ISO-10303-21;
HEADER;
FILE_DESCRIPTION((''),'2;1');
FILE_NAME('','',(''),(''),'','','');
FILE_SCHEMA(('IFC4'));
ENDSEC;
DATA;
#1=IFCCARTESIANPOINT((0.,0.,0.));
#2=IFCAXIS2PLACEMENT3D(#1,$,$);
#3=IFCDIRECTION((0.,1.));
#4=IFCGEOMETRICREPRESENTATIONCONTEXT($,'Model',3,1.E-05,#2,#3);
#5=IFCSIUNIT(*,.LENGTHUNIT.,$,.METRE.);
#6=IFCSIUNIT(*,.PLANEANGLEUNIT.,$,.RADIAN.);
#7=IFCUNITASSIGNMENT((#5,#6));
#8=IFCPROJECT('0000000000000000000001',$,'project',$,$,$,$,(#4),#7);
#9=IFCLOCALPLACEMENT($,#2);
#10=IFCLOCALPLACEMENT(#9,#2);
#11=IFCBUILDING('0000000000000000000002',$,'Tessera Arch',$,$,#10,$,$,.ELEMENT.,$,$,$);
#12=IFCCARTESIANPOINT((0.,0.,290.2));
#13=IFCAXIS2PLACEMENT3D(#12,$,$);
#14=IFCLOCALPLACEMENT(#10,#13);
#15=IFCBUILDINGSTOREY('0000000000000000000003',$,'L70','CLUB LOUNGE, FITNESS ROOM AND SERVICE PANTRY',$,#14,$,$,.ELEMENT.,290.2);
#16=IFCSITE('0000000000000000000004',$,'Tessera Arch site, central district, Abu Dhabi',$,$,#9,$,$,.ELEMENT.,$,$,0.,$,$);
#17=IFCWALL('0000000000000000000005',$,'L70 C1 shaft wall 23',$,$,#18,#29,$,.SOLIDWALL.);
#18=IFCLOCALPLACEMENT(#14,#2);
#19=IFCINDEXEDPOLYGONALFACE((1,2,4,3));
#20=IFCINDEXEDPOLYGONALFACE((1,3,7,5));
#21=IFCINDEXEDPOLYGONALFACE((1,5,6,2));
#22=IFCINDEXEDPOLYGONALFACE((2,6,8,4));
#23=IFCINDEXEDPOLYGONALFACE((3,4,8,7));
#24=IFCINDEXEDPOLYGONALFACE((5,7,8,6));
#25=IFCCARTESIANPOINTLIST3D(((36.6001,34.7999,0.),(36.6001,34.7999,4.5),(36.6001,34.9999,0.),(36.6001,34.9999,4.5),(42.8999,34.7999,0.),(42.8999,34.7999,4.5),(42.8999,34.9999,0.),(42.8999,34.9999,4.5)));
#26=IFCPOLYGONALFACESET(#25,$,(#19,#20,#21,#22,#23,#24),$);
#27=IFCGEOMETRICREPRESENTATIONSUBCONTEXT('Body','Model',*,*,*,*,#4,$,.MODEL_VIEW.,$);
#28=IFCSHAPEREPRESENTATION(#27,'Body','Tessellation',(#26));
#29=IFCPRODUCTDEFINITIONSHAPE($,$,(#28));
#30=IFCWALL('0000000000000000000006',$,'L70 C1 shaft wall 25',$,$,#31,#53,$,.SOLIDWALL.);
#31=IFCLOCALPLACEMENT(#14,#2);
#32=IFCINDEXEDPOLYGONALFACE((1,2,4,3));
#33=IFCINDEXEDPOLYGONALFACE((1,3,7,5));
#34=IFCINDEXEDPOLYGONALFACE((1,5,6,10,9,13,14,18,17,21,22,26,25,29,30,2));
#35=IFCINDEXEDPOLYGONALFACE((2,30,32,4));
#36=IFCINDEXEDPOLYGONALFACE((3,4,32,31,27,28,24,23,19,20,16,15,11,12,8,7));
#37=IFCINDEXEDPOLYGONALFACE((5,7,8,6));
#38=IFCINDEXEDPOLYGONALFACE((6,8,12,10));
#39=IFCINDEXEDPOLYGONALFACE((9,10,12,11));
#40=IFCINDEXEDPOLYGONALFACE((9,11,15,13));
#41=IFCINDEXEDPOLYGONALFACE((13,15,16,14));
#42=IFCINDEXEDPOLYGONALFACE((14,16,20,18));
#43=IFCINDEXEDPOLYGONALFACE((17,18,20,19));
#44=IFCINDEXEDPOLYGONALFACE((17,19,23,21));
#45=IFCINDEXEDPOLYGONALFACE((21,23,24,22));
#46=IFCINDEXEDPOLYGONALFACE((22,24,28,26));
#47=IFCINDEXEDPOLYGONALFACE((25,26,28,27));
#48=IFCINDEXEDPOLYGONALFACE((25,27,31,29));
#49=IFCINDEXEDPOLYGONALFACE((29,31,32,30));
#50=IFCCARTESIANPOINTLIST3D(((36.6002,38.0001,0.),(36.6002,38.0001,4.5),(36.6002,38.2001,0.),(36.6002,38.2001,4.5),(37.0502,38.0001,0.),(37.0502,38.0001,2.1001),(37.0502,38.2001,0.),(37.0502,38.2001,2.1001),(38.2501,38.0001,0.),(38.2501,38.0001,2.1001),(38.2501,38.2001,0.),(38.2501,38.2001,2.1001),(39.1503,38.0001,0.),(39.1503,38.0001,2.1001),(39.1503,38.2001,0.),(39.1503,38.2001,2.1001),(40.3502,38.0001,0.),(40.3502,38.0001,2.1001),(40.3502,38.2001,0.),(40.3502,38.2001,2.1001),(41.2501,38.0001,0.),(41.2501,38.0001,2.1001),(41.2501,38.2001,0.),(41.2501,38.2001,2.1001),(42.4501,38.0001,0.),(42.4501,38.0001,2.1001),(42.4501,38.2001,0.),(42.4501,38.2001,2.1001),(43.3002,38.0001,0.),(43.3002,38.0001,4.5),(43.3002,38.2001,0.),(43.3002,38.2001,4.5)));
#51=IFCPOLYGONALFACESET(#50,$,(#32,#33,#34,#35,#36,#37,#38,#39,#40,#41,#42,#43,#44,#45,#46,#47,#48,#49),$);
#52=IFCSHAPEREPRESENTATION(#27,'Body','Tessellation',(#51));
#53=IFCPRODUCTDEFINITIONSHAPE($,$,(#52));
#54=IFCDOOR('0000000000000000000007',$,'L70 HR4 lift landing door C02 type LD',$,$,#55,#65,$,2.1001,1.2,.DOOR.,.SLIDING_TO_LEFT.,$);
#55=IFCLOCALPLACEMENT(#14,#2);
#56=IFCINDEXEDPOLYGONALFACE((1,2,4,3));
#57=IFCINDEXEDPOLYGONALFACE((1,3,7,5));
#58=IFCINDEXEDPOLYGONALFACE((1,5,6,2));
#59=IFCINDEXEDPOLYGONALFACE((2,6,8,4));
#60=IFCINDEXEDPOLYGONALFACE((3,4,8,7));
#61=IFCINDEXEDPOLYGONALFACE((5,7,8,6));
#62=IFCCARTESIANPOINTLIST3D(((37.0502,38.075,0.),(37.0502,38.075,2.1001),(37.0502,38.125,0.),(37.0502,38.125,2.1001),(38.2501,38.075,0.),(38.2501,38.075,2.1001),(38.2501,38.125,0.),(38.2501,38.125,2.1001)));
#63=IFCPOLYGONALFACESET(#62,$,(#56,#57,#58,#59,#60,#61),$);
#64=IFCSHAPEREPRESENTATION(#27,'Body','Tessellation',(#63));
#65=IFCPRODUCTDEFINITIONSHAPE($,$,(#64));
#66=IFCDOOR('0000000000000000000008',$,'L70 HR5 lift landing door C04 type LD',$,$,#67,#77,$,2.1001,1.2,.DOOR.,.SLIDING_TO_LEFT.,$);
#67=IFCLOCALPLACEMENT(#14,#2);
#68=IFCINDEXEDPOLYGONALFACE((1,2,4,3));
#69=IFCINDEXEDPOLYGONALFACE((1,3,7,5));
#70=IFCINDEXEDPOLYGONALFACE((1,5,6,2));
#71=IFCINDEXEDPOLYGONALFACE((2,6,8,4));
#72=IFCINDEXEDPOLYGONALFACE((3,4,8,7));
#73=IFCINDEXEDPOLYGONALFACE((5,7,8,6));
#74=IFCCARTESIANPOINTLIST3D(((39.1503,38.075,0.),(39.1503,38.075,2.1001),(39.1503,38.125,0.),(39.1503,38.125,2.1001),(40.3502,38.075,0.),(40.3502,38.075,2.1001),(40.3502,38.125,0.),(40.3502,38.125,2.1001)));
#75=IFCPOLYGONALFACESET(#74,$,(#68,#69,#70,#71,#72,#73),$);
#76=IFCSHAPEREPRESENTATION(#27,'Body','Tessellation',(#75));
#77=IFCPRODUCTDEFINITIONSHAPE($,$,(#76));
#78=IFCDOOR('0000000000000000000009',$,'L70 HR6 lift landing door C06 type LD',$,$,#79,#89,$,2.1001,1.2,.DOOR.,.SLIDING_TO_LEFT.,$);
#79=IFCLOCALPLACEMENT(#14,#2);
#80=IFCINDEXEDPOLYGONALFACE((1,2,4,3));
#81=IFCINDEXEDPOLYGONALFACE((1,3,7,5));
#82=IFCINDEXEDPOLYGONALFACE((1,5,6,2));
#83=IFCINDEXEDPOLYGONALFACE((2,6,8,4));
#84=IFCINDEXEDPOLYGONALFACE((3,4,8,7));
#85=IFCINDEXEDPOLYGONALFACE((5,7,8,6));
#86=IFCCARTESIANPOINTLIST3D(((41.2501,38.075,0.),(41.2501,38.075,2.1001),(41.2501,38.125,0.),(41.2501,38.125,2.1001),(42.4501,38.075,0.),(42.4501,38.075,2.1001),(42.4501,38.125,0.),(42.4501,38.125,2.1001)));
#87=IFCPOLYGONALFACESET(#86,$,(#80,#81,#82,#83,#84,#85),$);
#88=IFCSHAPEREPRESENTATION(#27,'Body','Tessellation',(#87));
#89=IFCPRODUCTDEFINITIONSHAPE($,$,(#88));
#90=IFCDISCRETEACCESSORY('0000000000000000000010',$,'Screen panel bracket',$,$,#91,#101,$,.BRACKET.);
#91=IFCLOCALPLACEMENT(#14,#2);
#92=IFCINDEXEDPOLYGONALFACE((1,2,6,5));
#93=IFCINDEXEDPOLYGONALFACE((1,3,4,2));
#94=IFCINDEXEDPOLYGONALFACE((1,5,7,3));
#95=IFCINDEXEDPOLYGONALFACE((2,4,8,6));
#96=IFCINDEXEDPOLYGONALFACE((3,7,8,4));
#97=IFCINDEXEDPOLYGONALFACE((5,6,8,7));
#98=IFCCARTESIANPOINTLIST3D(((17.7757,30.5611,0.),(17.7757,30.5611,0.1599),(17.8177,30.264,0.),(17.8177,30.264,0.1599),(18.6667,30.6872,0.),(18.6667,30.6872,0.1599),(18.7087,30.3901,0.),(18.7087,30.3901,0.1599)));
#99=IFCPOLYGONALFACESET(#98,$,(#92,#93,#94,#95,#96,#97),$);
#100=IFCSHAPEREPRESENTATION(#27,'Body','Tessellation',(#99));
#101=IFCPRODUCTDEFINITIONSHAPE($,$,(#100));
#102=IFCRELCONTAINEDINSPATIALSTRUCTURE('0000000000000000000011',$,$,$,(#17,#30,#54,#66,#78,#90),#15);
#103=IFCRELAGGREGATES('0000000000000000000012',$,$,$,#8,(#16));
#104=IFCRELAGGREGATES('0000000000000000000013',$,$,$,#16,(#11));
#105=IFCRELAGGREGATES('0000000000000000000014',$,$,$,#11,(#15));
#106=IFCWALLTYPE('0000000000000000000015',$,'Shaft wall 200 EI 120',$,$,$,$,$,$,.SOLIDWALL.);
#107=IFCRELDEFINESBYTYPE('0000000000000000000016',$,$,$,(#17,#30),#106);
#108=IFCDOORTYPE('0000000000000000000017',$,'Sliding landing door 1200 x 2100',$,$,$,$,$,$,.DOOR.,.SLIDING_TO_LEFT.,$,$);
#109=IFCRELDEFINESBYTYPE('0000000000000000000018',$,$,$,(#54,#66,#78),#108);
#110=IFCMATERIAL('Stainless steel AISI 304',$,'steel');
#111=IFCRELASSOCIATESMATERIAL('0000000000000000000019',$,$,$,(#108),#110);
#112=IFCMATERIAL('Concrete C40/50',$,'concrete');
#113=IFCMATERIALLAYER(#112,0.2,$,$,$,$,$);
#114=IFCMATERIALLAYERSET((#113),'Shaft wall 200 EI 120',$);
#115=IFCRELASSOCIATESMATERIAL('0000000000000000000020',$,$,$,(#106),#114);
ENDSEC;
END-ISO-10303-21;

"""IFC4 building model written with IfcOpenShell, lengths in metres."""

from ifc_helpers import new_model, si_unit, direction, frame, frame_2d, origin, origin_2d, place, context, subcontext, project, spatial, rectangle, extrude, material, layer, layer_set, type_object, element, fill, save


model = new_model("IFC4")

# Units and contexts
model_context = context("Model", 3, precision=1e-05, world=origin(), true_north=direction((0.0, 1.0)))
body_context = subcontext(model_context, "Body", "Model", "MODEL_VIEW")
ifc_project = project(units=[si_unit("LENGTHUNIT", "METRE"), si_unit("PLANEANGLEUNIT", "RADIAN")], contexts=[model_context])

# Site, building, storey
site_placement = place(None, origin())
site = spatial("IfcSite", under=ifc_project, at=site_placement, Name="Tessera Arch site, central district, Abu Dhabi", CompositionType="ELEMENT", RefElevation=0.0)
building_placement = place(site_placement, origin())
building = spatial("IfcBuilding", under=site, at=building_placement, Name="Tessera Arch", CompositionType="ELEMENT")
storey_placement = place(building_placement, frame((0.0, 0.0, 290.2)))
storey = spatial("IfcBuildingStorey", under=building, at=storey_placement, Name="L70", Description="CLUB LOUNGE, FITNESS ROOM AND SERVICE PANTRY", CompositionType="ELEMENT", Elevation=290.2)

# Shared definitions
ifc_material_1 = material(Name="Stainless steel AISI 304", Category="steel")
door_type_1 = type_object("IfcDoorType", Name="Sliding landing door 1200 x 2100", OperationType="SLIDING_TO_LEFT", PredefinedType="DOOR", material=ifc_material_1)

# Shared definitions
ifc_material_2 = material(Name="Concrete C40/50", Category="concrete")
ifc_layer_1 = layer(ifc_material_2, 0.2)
ifc_layer_set_1 = layer_set([ifc_layer_1], Name="Shaft wall 200 EI 120")
wall_type_1 = type_object("IfcWallType", Name="Shaft wall 200 EI 120", PredefinedType="SOLIDWALL", material=ifc_layer_set_1)

# Wall
wall_1_placement = place(storey_placement, frame((36.6001, 34.8999, 0.0), z_axis=(0.0, 0.0, 1.0), x_axis=(1.0, 0.0, 0.0)))
element("IfcWall", 1, at=wall_1_placement, inside=storey, type_object=wall_type_1, Name="L70 C1 shaft wall 23", PredefinedType="SOLIDWALL", context=body_context, shape_type="SweptSolid", body=[
    extrude(rectangle(XDim=6.2998, YDim=0.2, at=frame_2d((3.1499, 0.0))), origin(), (0.0, 0.0, 1.0), 4.5),
])

# Wall, openings, doors
wall_2_placement = place(storey_placement, frame((36.6001, 38.1001, 0.0), z_axis=(0.0, 0.0, 1.0), x_axis=(1.0, 0.0, 0.0)))
wall_2 = element("IfcWall", 2, at=wall_2_placement, inside=storey, type_object=wall_type_1, Name="L70 C1 shaft wall 25", PredefinedType="SOLIDWALL", context=body_context, shape_type="SweptSolid", body=[
    extrude(rectangle(XDim=6.7, YDim=0.2, at=frame_2d((3.3501, 0.0))), origin(), (0.0, 0.0, 1.0), 4.5),
])
opening_1_placement = place(wall_2_placement, frame((0.45, 0.0, 0.0)))
opening_1 = element("IfcOpeningElement", 3, at=opening_1_placement, cuts=wall_2, PredefinedType="OPENING", context=body_context, shape_type="SweptSolid", body=[
    extrude(rectangle(XDim=1.2, YDim=2.1001, at=frame_2d((0.6001, 1.05))), frame((0.0, 0.1099, 0.0), z_axis=(0.0, -1.0, 0.0), x_axis=(1.0, 0.0, 0.0)), (0.0, 0.0, 1.0), 0.22),
])
opening_2_placement = place(wall_2_placement, frame((2.55, 0.0, 0.0)))
opening_2 = element("IfcOpeningElement", 4, at=opening_2_placement, cuts=wall_2, PredefinedType="OPENING", context=body_context, shape_type="SweptSolid", body=[
    extrude(rectangle(XDim=1.2, YDim=2.1001, at=frame_2d((0.6001, 1.05))), frame((0.0, 0.1099, 0.0), z_axis=(0.0, -1.0, 0.0), x_axis=(1.0, 0.0, 0.0)), (0.0, 0.0, 1.0), 0.22),
])
opening_3_placement = place(wall_2_placement, frame((4.6499, 0.0, 0.0)))
opening_3 = element("IfcOpeningElement", 5, at=opening_3_placement, cuts=wall_2, PredefinedType="OPENING", context=body_context, shape_type="SweptSolid", body=[
    extrude(rectangle(XDim=1.2, YDim=2.1001, at=frame_2d((0.6001, 1.05))), frame((0.0, 0.1099, 0.0), z_axis=(0.0, -1.0, 0.0), x_axis=(1.0, 0.0, 0.0)), (0.0, 0.0, 1.0), 0.22),
])
door_1_placement = place(opening_1_placement, origin())
door_1 = element("IfcDoor", 6, at=door_1_placement, inside=storey, type_object=door_type_1, Name="L70 HR4 lift landing door C02 type LD", OperationType="SLIDING_TO_LEFT", OverallHeight=2.1001, OverallWidth=1.2, PredefinedType="DOOR", context=body_context, shape_type="SweptSolid", body=[
    extrude(rectangle(XDim=1.2, YDim=2.1001, at=frame_2d((0.6001, 1.05))), frame((0.0, 0.0249, 0.0), z_axis=(0.0, -1.0, 0.0), x_axis=(1.0, 0.0, 0.0)), (0.0, 0.0, 1.0), 0.05),
])
fill(opening_1, door_1)
door_2_placement = place(opening_2_placement, origin())
door_2 = element("IfcDoor", 7, at=door_2_placement, inside=storey, type_object=door_type_1, Name="L70 HR5 lift landing door C04 type LD", OperationType="SLIDING_TO_LEFT", OverallHeight=2.1001, OverallWidth=1.2, PredefinedType="DOOR", context=body_context, shape_type="SweptSolid", body=[
    extrude(rectangle(XDim=1.2, YDim=2.1001, at=frame_2d((0.6001, 1.05))), frame((0.0, 0.0249, 0.0), z_axis=(0.0, -1.0, 0.0), x_axis=(1.0, 0.0, 0.0)), (0.0, 0.0, 1.0), 0.05),
])
fill(opening_2, door_2)
door_3_placement = place(opening_3_placement, origin())
door_3 = element("IfcDoor", 8, at=door_3_placement, inside=storey, type_object=door_type_1, Name="L70 HR6 lift landing door C06 type LD", OperationType="SLIDING_TO_LEFT", OverallHeight=2.1001, OverallWidth=1.2, PredefinedType="DOOR", context=body_context, shape_type="SweptSolid", body=[
    extrude(rectangle(XDim=1.2, YDim=2.1001, at=frame_2d((0.6001, 1.05))), frame((0.0, 0.0249, 0.0), z_axis=(0.0, -1.0, 0.0), x_axis=(1.0, 0.0, 0.0)), (0.0, 0.0, 1.0), 0.05),
])
fill(opening_3, door_3)

# Discrete accessory
discrete_accessory_placement = place(storey_placement, frame((18.2422, 30.4756, 0.0), z_axis=(0.0, 0.0, 1.0), x_axis=(-0.990139, -0.140089, 0.0)))
element("IfcDiscreteAccessory", 9, at=discrete_accessory_placement, inside=storey, Name="Screen panel bracket", PredefinedType="BRACKET", context=body_context, shape_type="SweptSolid", body=[
    extrude(rectangle(XDim=0.8999, YDim=0.3, at=origin_2d()), origin(), (0.0, 0.0, 1.0), 0.1599),
])

save(model, "model.ifc")
